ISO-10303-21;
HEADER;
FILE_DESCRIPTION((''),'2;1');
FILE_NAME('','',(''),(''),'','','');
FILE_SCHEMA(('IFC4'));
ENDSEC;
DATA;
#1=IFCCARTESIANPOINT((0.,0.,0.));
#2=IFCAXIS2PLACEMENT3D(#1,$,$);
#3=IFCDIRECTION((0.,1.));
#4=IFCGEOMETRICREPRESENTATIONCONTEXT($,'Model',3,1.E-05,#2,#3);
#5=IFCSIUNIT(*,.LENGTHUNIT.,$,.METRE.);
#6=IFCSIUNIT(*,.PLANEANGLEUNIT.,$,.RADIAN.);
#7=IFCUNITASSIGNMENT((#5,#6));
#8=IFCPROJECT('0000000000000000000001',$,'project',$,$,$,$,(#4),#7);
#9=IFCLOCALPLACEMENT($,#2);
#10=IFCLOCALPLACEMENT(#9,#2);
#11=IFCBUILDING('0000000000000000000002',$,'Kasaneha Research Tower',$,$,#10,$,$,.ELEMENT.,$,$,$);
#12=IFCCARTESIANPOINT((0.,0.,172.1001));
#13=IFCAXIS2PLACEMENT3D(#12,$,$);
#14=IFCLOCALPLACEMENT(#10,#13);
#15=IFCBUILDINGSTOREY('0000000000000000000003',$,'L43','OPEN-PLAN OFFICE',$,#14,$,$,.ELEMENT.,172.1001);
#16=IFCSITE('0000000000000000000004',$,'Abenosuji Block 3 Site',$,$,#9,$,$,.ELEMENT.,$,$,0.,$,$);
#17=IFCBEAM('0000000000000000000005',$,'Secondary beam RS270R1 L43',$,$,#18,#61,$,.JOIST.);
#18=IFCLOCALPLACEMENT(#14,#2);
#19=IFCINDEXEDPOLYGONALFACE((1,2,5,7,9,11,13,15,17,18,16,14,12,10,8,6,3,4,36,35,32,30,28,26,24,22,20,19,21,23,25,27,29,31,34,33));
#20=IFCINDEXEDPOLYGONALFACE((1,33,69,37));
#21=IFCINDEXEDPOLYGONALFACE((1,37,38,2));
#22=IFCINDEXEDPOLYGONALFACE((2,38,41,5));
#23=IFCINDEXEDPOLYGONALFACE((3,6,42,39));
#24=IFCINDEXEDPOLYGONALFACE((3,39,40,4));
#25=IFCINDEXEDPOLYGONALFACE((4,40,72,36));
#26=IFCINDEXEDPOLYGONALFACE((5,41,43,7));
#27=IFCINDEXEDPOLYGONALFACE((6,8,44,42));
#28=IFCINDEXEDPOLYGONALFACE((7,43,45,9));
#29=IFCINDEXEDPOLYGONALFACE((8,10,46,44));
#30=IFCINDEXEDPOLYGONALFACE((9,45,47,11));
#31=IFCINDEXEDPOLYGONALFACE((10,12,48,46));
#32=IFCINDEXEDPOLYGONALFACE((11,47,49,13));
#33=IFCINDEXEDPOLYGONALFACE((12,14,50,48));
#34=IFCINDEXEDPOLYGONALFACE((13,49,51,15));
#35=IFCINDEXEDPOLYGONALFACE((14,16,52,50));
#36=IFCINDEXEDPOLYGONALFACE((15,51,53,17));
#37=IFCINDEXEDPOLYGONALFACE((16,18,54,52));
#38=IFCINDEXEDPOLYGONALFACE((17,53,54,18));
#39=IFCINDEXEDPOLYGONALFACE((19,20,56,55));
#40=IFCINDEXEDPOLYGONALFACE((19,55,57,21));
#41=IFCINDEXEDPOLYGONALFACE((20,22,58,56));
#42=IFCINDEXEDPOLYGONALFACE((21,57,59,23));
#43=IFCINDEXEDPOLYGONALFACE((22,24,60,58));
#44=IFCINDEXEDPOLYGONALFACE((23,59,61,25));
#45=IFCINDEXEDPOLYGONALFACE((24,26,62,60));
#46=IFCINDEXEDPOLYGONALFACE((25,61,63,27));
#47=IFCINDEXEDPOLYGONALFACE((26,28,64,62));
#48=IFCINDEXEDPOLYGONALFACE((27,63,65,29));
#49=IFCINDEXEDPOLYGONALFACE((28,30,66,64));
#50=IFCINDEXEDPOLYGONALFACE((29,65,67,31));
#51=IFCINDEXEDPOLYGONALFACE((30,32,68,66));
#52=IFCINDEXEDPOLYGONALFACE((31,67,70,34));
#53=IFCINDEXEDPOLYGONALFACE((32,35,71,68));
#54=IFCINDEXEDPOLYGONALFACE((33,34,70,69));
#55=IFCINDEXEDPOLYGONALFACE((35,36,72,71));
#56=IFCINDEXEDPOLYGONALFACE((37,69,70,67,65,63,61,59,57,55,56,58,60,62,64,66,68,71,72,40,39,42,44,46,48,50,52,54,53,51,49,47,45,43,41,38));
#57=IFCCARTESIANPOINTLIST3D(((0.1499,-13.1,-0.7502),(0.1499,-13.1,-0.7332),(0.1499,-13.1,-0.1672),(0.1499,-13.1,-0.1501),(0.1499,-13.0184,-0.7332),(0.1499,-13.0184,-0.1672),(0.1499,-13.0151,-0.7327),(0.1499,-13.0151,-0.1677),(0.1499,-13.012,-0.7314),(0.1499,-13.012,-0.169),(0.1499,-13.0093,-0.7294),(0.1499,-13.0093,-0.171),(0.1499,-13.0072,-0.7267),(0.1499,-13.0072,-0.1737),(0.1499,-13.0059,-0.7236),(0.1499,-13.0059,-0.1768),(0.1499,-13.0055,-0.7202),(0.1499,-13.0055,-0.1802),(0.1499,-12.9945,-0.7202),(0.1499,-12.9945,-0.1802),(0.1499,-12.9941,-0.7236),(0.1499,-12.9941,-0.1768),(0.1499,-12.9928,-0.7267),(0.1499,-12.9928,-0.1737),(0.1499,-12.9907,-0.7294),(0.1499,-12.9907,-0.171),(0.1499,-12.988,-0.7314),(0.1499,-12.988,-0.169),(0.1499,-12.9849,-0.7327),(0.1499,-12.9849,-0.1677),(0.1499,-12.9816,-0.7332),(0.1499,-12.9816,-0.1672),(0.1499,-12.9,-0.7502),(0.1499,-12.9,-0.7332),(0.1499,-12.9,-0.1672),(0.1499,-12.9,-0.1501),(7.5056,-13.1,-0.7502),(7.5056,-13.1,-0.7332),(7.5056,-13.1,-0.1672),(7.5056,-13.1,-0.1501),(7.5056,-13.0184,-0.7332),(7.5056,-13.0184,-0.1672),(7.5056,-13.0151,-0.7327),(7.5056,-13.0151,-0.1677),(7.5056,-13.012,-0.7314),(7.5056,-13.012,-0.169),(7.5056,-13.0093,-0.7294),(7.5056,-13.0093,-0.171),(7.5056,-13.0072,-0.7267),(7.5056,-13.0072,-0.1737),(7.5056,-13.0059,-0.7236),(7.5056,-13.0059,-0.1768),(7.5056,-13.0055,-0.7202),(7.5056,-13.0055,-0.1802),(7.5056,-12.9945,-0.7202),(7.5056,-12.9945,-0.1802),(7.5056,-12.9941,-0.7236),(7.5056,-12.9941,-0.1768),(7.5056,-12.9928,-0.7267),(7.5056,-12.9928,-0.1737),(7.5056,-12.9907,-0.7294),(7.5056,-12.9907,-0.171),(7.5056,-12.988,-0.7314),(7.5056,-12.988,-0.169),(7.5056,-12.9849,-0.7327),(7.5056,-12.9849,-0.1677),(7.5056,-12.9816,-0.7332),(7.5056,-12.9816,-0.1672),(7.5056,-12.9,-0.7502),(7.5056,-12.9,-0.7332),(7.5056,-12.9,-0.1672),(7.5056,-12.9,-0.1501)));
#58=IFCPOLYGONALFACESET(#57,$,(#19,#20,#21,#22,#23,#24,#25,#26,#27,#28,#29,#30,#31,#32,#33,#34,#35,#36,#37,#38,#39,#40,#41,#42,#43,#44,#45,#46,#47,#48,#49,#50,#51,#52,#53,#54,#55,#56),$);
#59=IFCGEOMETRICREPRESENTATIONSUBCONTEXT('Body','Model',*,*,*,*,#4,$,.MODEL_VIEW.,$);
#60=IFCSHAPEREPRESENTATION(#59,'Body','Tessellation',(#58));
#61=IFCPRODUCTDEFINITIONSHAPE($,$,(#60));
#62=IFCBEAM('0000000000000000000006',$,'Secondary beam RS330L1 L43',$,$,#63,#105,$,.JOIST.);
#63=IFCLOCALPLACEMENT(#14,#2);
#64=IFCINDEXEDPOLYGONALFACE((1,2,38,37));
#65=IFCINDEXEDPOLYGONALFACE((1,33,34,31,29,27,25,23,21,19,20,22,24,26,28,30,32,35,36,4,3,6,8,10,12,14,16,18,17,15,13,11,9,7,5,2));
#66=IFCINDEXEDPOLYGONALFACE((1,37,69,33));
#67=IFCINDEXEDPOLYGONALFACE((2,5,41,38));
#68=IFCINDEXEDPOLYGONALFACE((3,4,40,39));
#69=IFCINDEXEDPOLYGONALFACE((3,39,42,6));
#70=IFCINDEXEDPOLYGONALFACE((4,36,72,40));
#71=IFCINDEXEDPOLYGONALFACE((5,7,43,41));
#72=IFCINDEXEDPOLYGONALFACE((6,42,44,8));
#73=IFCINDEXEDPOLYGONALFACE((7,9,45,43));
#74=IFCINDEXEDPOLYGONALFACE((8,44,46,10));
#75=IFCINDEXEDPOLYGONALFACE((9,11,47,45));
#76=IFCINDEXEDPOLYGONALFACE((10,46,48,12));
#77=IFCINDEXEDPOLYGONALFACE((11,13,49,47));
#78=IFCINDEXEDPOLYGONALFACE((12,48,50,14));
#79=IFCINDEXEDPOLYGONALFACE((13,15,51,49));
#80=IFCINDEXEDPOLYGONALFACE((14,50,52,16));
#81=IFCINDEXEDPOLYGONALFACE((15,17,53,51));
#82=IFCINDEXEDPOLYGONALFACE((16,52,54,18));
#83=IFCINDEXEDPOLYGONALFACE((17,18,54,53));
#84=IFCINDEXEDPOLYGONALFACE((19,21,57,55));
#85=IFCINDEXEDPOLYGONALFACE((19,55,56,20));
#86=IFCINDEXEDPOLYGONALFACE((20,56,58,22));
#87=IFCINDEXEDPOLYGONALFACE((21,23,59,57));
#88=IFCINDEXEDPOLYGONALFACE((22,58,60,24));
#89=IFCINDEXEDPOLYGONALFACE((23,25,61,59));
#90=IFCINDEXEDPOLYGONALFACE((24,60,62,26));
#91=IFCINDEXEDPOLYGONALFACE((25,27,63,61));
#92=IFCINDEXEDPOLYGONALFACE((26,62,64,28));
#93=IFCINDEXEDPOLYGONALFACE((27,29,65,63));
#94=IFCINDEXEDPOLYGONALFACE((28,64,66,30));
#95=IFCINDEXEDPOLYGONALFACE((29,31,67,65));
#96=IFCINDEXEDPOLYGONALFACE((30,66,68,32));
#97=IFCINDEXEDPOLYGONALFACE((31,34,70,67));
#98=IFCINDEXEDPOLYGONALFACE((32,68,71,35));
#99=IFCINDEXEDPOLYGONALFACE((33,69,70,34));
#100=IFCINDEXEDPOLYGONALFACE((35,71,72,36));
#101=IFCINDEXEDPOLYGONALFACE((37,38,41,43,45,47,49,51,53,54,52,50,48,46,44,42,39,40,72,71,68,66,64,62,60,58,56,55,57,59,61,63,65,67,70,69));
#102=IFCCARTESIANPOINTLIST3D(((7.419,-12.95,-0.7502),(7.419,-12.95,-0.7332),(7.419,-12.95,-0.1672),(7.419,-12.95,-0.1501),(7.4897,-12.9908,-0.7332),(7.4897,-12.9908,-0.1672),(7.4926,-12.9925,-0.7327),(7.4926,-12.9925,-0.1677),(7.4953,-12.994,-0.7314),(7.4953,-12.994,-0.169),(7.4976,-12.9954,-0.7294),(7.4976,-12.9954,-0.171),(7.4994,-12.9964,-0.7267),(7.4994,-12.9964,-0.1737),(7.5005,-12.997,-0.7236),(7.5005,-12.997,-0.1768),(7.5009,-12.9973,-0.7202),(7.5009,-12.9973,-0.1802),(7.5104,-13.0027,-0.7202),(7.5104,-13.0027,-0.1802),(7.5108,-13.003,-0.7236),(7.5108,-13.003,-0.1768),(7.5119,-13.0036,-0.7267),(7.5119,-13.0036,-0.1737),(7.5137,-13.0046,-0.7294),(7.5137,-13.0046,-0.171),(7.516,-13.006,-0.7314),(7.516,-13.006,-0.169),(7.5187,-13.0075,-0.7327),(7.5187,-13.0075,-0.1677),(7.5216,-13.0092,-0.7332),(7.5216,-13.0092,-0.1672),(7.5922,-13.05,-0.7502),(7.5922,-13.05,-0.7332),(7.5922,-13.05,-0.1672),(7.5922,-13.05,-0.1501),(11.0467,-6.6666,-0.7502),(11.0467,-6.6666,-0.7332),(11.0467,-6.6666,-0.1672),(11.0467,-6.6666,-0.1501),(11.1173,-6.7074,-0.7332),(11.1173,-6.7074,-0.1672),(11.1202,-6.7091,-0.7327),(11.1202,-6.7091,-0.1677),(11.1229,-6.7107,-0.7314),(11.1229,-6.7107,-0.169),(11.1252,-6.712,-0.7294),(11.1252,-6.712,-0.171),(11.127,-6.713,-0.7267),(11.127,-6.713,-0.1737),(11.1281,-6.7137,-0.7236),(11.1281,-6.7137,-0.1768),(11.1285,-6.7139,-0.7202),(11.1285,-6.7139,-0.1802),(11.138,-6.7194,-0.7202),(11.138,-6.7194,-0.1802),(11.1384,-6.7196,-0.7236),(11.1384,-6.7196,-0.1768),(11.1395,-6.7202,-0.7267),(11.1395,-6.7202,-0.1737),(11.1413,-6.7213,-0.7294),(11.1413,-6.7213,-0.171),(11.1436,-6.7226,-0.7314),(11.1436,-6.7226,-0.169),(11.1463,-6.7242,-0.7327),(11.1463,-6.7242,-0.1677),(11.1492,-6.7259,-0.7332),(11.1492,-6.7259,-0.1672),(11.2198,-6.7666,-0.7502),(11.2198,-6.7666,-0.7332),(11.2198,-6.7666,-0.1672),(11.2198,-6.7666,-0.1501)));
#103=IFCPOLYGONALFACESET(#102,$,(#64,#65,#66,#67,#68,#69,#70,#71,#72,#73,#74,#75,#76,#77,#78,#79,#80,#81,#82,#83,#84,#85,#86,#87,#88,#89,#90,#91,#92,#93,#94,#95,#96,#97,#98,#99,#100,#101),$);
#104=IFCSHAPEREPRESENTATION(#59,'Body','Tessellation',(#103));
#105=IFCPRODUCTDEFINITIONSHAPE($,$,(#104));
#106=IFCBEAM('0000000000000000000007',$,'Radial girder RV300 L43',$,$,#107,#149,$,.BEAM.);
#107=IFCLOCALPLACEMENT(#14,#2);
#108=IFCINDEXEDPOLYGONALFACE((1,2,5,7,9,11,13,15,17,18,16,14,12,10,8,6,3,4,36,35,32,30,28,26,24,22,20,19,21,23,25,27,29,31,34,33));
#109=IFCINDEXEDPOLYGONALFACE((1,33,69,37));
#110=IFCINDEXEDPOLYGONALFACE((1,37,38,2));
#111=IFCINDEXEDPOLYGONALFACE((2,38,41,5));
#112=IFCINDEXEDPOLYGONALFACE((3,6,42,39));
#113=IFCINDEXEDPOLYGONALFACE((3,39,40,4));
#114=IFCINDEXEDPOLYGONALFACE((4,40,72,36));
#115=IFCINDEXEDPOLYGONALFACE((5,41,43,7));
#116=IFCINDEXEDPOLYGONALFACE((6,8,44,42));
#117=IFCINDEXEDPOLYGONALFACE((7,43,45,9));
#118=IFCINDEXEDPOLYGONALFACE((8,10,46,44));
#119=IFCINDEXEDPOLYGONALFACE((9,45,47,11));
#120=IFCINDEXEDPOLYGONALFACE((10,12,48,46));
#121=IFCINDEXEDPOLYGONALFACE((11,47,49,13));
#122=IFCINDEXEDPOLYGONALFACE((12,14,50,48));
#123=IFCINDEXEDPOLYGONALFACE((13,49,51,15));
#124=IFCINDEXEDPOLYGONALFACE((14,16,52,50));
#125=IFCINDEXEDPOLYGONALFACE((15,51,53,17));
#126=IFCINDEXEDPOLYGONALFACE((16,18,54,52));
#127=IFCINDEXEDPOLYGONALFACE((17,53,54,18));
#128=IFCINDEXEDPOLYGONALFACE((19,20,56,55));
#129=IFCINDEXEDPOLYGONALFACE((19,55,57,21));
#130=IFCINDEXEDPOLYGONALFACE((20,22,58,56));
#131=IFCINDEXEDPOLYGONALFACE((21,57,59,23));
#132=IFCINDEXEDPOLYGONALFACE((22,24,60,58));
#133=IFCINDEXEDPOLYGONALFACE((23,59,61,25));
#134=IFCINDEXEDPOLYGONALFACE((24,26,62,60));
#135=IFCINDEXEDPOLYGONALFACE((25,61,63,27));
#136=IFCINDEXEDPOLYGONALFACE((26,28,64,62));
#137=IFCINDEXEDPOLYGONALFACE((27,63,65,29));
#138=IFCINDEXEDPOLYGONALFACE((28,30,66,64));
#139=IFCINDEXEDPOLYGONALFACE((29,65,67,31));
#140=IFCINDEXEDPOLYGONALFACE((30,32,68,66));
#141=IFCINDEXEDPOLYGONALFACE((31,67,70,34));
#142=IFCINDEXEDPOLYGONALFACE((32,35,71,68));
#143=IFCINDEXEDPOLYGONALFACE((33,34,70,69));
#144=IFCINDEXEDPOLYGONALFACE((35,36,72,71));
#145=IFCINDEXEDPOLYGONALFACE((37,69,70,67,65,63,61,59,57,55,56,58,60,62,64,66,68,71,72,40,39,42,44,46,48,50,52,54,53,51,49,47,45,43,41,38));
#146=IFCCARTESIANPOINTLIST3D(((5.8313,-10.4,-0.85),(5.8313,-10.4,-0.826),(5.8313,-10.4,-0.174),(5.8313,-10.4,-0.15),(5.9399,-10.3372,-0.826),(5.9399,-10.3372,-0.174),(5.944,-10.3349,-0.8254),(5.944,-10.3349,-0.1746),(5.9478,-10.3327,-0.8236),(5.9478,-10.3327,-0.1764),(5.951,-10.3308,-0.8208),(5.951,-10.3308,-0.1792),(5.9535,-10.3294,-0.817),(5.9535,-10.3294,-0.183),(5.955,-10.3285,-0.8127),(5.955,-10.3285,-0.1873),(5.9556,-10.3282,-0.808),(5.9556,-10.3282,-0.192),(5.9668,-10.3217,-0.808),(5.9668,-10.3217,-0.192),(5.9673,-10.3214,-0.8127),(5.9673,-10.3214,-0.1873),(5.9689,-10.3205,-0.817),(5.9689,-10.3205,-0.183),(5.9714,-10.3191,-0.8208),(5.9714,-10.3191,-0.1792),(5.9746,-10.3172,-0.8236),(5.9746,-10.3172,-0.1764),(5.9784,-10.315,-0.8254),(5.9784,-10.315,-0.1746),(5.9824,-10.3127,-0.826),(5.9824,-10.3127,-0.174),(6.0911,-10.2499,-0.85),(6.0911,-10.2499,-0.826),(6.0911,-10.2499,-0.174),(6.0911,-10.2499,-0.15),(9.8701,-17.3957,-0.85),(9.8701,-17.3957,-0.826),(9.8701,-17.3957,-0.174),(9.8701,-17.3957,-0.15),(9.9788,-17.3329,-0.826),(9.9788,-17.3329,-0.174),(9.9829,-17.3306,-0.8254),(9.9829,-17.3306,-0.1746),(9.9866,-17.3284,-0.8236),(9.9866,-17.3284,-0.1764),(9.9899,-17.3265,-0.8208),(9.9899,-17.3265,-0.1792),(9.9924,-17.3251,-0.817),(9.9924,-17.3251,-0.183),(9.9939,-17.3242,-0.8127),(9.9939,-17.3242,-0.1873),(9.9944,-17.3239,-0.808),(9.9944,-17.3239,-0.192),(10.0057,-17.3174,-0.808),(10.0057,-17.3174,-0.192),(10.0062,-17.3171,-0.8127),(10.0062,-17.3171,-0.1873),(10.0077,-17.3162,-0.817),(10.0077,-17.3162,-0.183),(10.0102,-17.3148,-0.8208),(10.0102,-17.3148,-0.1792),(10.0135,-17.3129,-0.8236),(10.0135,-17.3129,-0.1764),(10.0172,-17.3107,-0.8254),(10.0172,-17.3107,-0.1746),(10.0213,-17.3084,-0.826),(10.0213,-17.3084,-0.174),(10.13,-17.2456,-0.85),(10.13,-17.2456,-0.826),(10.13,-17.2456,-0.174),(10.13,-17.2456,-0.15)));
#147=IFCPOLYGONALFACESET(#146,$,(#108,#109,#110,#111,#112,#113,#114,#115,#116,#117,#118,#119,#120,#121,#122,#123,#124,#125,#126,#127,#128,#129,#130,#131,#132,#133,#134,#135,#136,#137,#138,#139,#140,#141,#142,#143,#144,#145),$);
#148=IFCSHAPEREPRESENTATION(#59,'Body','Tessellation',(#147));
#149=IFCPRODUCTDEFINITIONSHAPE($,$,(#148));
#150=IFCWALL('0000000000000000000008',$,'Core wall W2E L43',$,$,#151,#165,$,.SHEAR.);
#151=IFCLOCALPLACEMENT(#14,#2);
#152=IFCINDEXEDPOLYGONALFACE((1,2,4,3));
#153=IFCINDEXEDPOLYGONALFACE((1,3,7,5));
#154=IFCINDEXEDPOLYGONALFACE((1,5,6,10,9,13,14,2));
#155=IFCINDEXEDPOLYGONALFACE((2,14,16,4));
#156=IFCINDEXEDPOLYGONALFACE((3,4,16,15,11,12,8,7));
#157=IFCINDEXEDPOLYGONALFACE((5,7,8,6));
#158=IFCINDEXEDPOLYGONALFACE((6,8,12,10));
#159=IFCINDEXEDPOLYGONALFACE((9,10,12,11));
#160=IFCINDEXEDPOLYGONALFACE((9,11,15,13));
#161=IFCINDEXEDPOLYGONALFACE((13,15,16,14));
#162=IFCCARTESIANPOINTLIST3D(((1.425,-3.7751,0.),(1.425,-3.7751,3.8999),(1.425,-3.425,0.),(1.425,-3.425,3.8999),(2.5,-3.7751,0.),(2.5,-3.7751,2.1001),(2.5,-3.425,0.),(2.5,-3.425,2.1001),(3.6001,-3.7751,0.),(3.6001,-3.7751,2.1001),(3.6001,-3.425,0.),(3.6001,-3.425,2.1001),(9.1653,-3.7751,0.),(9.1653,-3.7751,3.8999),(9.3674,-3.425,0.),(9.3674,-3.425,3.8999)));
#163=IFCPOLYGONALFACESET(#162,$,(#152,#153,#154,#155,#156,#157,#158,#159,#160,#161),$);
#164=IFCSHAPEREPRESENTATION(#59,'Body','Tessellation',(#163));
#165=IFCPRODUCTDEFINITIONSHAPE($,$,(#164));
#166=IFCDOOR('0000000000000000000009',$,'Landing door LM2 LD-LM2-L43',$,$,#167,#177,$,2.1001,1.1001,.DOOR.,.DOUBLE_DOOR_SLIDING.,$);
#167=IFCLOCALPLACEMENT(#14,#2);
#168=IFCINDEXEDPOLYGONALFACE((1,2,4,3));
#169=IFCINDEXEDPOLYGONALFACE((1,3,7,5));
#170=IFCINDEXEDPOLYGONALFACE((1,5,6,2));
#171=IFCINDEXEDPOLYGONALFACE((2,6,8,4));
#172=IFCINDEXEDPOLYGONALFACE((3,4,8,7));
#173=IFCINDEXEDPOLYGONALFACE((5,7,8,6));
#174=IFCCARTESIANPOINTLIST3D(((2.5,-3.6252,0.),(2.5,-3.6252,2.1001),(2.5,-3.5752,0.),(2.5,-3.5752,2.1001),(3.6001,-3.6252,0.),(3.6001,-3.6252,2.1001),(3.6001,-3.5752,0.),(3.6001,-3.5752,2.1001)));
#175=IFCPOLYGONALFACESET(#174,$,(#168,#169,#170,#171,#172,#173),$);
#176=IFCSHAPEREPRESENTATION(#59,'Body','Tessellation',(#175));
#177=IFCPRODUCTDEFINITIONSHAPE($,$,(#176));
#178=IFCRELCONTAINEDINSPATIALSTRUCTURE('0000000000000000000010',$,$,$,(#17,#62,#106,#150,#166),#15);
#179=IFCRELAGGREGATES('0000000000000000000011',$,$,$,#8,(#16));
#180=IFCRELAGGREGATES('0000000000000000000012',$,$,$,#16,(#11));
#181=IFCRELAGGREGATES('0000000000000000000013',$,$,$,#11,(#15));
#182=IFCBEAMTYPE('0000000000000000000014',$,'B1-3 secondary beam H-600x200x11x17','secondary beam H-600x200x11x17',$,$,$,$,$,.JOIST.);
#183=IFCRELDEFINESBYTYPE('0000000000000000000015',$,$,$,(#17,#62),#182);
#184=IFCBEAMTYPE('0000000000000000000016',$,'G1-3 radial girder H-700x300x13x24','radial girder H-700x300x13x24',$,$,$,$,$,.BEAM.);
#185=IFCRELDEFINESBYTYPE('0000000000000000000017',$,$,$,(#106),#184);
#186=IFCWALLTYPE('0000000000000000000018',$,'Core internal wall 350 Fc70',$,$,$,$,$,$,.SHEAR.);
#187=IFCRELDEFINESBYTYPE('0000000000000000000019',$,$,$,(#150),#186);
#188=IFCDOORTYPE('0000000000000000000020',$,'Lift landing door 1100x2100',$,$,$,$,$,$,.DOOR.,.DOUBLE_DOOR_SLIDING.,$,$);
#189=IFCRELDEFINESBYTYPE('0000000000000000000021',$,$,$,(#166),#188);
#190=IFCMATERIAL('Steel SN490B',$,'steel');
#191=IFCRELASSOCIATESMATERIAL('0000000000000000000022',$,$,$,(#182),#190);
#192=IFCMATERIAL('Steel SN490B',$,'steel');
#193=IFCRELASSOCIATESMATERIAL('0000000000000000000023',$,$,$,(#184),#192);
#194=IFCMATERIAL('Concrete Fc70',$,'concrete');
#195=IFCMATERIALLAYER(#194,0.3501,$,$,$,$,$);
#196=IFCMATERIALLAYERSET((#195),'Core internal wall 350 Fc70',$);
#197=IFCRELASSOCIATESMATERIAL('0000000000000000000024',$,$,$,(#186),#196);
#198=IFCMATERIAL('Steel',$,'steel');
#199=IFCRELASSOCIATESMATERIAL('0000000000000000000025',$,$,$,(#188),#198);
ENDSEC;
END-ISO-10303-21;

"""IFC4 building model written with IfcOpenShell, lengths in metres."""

from ifc_helpers import new_model, si_unit, direction, frame, frame_2d, origin, origin_2d, place, context, subcontext, project, spatial, polyline, rectangle, i_section, outline, extrude, material, layer, layer_set, material_profile, profile_set, type_object, element, fill, save


model = new_model("IFC4")

# Units and contexts
model_context = context("Model", 3, precision=1e-05, world=origin(), true_north=direction((0.0, 1.0)))
body_context = subcontext(model_context, "Body", "Model", "MODEL_VIEW")
ifc_project = project(units=[si_unit("LENGTHUNIT", "METRE"), si_unit("PLANEANGLEUNIT", "RADIAN")], contexts=[model_context])

# Site, building, storey
site_placement = place(None, origin())
site = spatial("IfcSite", under=ifc_project, at=site_placement, Name="Abenosuji Block 3 Site", CompositionType="ELEMENT", RefElevation=0.0)
building_placement = place(site_placement, origin())
building = spatial("IfcBuilding", under=site, at=building_placement, Name="Kasaneha Research Tower", CompositionType="ELEMENT")
storey_placement = place(building_placement, frame((0.0, 0.0, 172.1001)))
storey = spatial("IfcBuildingStorey", under=building, at=storey_placement, Name="L43", Description="OPEN-PLAN OFFICE", CompositionType="ELEMENT", Elevation=172.1001)

# Beams
ifc_material_1 = material(Name="Steel SN490B", Category="steel")
ifc_material_profile_1 = material_profile(ifc_material_1, i_section(OverallWidth=0.2, OverallDepth=0.6001, WebThickness=0.011, FlangeThickness=0.0171, FilletRadius=0.0129, at=origin_2d()), Name="H-600x200x11x17")
ifc_profile_set_1 = profile_set([ifc_material_profile_1], Name="Steel SN490B")
beam_type_1 = type_object("IfcBeamType", Name="B1-3 secondary beam H-600x200x11x17", Description="secondary beam H-600x200x11x17", PredefinedType="JOIST", material=ifc_profile_set_1)
beam_1_placement = place(storey_placement, frame((7.5056, -13.0, -0.4502), z_axis=(-1.0, 0.0, 0.0), x_axis=(0.0, -1.0, 0.0)))
element("IfcBeam", 1, at=beam_1_placement, inside=storey, type_object=beam_type_1, Name="Secondary beam RS270R1 L43", PredefinedType="JOIST", context=body_context, shape_type="SweptSolid", body=[
    extrude(i_section(OverallWidth=0.2, OverallDepth=0.6001, WebThickness=0.011, FlangeThickness=0.0171, FilletRadius=0.0129, at=origin_2d()), origin(), (0.0, 0.0, 1.0), 7.3557),
])
beam_2_placement = place(storey_placement, frame((7.5056, -13.0, -0.4502), z_axis=(0.499993, 0.866029, 0.0), x_axis=(-0.866029, 0.499993, 0.0)))
element("IfcBeam", 2, at=beam_2_placement, inside=storey, type_object=beam_type_1, Name="Secondary beam RS330L1 L43", PredefinedType="JOIST", context=body_context, shape_type="SweptSolid", body=[
    extrude(i_section(OverallWidth=0.2, OverallDepth=0.6001, WebThickness=0.011, FlangeThickness=0.0171, FilletRadius=0.0129, at=origin_2d()), origin(), (0.0, 0.0, 1.0), 7.2554),
])
ifc_material_2 = material(Name="Steel SN490B", Category="steel")
ifc_material_profile_2 = material_profile(ifc_material_2, i_section(OverallWidth=0.3, OverallDepth=0.7, WebThickness=0.0129, FlangeThickness=0.0239, FilletRadius=0.0181, at=origin_2d()), Name="H-700x300x13x24")
ifc_profile_set_2 = profile_set([ifc_material_profile_2], Name="Steel SN490B")
beam_type_2 = type_object("IfcBeamType", Name="G1-3 radial girder H-700x300x13x24", Description="radial girder H-700x300x13x24", PredefinedType="BEAM", material=ifc_profile_set_2)
beam_3_placement = place(storey_placement, frame((5.9612, -10.325, -0.5), z_axis=(0.499991, -0.866031, 0.0), x_axis=(0.866031, 0.499991, 0.0)))
element("IfcBeam", 3, at=beam_3_placement, inside=storey, type_object=beam_type_2, Name="Radial girder RV300 L43", PredefinedType="BEAM", context=body_context, shape_type="SweptSolid", body=[
    extrude(i_section(OverallWidth=0.3, OverallDepth=0.7, WebThickness=0.0129, FlangeThickness=0.0239, FilletRadius=0.0181, at=origin_2d()), origin(), (0.0, 0.0, 1.0), 8.0779),
])

# Wall, opening, door
ifc_material_3 = material(Name="Concrete Fc70", Category="concrete")
ifc_layer_1 = layer(ifc_material_3, 0.3501)
ifc_layer_set_1 = layer_set([ifc_layer_1], Name="Core internal wall 350 Fc70")
wall_type_1 = type_object("IfcWallType", Name="Core internal wall 350 Fc70", PredefinedType="SHEAR", material=ifc_layer_set_1)
wall_1_placement = place(storey_placement, frame((1.425, -3.6001, 0.0), z_axis=(0.0, 0.0, 1.0), x_axis=(1.0, 0.0, 0.0)))
wall_1 = element("IfcWall", 4, at=wall_1_placement, inside=storey, type_object=wall_type_1, Name="Core wall W2E L43", PredefinedType="SHEAR", context=body_context, shape_type="SweptSolid", body=[
    extrude(outline(polyline([(0.0, -0.175), (1.075, -0.175), (2.175, -0.175), (7.7402, -0.175), (7.9424, 0.175), (2.175, 0.175), (1.075, 0.175), (0.0, 0.175), (0.0, -0.175)])), origin(), (0.0, 0.0, 1.0), 3.8999),
])
opening_1_placement = place(wall_1_placement, frame((1.075, 0.0, 0.0)))
opening_1 = element("IfcOpeningElement", 5, at=opening_1_placement, cuts=wall_1, PredefinedType="OPENING", context=body_context, shape_type="SweptSolid", body=[
    extrude(rectangle(XDim=1.1001, YDim=2.1001, at=frame_2d((0.55, 1.05))), frame((0.0, 0.1851, 0.0), z_axis=(0.0, -1.0, 0.0), x_axis=(1.0, 0.0, 0.0)), (0.0, 0.0, 1.0), 0.3701),
])
ifc_material_4 = material(Name="Steel", Category="steel")
door_type_1 = type_object("IfcDoorType", Name="Lift landing door 1100x2100", OperationType="DOUBLE_DOOR_SLIDING", PredefinedType="DOOR", material=ifc_material_4)
door_1_placement = place(opening_1_placement, origin())
door_1 = element("IfcDoor", 6, at=door_1_placement, inside=storey, type_object=door_type_1, Name="Landing door LM2 LD-LM2-L43", OperationType="DOUBLE_DOOR_SLIDING", OverallHeight=2.1001, OverallWidth=1.1001, PredefinedType="DOOR", context=body_context, shape_type="SweptSolid", body=[
    extrude(rectangle(XDim=1.1001, YDim=2.1001, at=frame_2d((0.55, 1.05))), frame((0.0, 0.0249, 0.0), z_axis=(0.0, -1.0, 0.0), x_axis=(1.0, 0.0, 0.0)), (0.0, 0.0, 1.0), 0.05),
])
fill(opening_1, door_1)

save(model, "model.ifc")
